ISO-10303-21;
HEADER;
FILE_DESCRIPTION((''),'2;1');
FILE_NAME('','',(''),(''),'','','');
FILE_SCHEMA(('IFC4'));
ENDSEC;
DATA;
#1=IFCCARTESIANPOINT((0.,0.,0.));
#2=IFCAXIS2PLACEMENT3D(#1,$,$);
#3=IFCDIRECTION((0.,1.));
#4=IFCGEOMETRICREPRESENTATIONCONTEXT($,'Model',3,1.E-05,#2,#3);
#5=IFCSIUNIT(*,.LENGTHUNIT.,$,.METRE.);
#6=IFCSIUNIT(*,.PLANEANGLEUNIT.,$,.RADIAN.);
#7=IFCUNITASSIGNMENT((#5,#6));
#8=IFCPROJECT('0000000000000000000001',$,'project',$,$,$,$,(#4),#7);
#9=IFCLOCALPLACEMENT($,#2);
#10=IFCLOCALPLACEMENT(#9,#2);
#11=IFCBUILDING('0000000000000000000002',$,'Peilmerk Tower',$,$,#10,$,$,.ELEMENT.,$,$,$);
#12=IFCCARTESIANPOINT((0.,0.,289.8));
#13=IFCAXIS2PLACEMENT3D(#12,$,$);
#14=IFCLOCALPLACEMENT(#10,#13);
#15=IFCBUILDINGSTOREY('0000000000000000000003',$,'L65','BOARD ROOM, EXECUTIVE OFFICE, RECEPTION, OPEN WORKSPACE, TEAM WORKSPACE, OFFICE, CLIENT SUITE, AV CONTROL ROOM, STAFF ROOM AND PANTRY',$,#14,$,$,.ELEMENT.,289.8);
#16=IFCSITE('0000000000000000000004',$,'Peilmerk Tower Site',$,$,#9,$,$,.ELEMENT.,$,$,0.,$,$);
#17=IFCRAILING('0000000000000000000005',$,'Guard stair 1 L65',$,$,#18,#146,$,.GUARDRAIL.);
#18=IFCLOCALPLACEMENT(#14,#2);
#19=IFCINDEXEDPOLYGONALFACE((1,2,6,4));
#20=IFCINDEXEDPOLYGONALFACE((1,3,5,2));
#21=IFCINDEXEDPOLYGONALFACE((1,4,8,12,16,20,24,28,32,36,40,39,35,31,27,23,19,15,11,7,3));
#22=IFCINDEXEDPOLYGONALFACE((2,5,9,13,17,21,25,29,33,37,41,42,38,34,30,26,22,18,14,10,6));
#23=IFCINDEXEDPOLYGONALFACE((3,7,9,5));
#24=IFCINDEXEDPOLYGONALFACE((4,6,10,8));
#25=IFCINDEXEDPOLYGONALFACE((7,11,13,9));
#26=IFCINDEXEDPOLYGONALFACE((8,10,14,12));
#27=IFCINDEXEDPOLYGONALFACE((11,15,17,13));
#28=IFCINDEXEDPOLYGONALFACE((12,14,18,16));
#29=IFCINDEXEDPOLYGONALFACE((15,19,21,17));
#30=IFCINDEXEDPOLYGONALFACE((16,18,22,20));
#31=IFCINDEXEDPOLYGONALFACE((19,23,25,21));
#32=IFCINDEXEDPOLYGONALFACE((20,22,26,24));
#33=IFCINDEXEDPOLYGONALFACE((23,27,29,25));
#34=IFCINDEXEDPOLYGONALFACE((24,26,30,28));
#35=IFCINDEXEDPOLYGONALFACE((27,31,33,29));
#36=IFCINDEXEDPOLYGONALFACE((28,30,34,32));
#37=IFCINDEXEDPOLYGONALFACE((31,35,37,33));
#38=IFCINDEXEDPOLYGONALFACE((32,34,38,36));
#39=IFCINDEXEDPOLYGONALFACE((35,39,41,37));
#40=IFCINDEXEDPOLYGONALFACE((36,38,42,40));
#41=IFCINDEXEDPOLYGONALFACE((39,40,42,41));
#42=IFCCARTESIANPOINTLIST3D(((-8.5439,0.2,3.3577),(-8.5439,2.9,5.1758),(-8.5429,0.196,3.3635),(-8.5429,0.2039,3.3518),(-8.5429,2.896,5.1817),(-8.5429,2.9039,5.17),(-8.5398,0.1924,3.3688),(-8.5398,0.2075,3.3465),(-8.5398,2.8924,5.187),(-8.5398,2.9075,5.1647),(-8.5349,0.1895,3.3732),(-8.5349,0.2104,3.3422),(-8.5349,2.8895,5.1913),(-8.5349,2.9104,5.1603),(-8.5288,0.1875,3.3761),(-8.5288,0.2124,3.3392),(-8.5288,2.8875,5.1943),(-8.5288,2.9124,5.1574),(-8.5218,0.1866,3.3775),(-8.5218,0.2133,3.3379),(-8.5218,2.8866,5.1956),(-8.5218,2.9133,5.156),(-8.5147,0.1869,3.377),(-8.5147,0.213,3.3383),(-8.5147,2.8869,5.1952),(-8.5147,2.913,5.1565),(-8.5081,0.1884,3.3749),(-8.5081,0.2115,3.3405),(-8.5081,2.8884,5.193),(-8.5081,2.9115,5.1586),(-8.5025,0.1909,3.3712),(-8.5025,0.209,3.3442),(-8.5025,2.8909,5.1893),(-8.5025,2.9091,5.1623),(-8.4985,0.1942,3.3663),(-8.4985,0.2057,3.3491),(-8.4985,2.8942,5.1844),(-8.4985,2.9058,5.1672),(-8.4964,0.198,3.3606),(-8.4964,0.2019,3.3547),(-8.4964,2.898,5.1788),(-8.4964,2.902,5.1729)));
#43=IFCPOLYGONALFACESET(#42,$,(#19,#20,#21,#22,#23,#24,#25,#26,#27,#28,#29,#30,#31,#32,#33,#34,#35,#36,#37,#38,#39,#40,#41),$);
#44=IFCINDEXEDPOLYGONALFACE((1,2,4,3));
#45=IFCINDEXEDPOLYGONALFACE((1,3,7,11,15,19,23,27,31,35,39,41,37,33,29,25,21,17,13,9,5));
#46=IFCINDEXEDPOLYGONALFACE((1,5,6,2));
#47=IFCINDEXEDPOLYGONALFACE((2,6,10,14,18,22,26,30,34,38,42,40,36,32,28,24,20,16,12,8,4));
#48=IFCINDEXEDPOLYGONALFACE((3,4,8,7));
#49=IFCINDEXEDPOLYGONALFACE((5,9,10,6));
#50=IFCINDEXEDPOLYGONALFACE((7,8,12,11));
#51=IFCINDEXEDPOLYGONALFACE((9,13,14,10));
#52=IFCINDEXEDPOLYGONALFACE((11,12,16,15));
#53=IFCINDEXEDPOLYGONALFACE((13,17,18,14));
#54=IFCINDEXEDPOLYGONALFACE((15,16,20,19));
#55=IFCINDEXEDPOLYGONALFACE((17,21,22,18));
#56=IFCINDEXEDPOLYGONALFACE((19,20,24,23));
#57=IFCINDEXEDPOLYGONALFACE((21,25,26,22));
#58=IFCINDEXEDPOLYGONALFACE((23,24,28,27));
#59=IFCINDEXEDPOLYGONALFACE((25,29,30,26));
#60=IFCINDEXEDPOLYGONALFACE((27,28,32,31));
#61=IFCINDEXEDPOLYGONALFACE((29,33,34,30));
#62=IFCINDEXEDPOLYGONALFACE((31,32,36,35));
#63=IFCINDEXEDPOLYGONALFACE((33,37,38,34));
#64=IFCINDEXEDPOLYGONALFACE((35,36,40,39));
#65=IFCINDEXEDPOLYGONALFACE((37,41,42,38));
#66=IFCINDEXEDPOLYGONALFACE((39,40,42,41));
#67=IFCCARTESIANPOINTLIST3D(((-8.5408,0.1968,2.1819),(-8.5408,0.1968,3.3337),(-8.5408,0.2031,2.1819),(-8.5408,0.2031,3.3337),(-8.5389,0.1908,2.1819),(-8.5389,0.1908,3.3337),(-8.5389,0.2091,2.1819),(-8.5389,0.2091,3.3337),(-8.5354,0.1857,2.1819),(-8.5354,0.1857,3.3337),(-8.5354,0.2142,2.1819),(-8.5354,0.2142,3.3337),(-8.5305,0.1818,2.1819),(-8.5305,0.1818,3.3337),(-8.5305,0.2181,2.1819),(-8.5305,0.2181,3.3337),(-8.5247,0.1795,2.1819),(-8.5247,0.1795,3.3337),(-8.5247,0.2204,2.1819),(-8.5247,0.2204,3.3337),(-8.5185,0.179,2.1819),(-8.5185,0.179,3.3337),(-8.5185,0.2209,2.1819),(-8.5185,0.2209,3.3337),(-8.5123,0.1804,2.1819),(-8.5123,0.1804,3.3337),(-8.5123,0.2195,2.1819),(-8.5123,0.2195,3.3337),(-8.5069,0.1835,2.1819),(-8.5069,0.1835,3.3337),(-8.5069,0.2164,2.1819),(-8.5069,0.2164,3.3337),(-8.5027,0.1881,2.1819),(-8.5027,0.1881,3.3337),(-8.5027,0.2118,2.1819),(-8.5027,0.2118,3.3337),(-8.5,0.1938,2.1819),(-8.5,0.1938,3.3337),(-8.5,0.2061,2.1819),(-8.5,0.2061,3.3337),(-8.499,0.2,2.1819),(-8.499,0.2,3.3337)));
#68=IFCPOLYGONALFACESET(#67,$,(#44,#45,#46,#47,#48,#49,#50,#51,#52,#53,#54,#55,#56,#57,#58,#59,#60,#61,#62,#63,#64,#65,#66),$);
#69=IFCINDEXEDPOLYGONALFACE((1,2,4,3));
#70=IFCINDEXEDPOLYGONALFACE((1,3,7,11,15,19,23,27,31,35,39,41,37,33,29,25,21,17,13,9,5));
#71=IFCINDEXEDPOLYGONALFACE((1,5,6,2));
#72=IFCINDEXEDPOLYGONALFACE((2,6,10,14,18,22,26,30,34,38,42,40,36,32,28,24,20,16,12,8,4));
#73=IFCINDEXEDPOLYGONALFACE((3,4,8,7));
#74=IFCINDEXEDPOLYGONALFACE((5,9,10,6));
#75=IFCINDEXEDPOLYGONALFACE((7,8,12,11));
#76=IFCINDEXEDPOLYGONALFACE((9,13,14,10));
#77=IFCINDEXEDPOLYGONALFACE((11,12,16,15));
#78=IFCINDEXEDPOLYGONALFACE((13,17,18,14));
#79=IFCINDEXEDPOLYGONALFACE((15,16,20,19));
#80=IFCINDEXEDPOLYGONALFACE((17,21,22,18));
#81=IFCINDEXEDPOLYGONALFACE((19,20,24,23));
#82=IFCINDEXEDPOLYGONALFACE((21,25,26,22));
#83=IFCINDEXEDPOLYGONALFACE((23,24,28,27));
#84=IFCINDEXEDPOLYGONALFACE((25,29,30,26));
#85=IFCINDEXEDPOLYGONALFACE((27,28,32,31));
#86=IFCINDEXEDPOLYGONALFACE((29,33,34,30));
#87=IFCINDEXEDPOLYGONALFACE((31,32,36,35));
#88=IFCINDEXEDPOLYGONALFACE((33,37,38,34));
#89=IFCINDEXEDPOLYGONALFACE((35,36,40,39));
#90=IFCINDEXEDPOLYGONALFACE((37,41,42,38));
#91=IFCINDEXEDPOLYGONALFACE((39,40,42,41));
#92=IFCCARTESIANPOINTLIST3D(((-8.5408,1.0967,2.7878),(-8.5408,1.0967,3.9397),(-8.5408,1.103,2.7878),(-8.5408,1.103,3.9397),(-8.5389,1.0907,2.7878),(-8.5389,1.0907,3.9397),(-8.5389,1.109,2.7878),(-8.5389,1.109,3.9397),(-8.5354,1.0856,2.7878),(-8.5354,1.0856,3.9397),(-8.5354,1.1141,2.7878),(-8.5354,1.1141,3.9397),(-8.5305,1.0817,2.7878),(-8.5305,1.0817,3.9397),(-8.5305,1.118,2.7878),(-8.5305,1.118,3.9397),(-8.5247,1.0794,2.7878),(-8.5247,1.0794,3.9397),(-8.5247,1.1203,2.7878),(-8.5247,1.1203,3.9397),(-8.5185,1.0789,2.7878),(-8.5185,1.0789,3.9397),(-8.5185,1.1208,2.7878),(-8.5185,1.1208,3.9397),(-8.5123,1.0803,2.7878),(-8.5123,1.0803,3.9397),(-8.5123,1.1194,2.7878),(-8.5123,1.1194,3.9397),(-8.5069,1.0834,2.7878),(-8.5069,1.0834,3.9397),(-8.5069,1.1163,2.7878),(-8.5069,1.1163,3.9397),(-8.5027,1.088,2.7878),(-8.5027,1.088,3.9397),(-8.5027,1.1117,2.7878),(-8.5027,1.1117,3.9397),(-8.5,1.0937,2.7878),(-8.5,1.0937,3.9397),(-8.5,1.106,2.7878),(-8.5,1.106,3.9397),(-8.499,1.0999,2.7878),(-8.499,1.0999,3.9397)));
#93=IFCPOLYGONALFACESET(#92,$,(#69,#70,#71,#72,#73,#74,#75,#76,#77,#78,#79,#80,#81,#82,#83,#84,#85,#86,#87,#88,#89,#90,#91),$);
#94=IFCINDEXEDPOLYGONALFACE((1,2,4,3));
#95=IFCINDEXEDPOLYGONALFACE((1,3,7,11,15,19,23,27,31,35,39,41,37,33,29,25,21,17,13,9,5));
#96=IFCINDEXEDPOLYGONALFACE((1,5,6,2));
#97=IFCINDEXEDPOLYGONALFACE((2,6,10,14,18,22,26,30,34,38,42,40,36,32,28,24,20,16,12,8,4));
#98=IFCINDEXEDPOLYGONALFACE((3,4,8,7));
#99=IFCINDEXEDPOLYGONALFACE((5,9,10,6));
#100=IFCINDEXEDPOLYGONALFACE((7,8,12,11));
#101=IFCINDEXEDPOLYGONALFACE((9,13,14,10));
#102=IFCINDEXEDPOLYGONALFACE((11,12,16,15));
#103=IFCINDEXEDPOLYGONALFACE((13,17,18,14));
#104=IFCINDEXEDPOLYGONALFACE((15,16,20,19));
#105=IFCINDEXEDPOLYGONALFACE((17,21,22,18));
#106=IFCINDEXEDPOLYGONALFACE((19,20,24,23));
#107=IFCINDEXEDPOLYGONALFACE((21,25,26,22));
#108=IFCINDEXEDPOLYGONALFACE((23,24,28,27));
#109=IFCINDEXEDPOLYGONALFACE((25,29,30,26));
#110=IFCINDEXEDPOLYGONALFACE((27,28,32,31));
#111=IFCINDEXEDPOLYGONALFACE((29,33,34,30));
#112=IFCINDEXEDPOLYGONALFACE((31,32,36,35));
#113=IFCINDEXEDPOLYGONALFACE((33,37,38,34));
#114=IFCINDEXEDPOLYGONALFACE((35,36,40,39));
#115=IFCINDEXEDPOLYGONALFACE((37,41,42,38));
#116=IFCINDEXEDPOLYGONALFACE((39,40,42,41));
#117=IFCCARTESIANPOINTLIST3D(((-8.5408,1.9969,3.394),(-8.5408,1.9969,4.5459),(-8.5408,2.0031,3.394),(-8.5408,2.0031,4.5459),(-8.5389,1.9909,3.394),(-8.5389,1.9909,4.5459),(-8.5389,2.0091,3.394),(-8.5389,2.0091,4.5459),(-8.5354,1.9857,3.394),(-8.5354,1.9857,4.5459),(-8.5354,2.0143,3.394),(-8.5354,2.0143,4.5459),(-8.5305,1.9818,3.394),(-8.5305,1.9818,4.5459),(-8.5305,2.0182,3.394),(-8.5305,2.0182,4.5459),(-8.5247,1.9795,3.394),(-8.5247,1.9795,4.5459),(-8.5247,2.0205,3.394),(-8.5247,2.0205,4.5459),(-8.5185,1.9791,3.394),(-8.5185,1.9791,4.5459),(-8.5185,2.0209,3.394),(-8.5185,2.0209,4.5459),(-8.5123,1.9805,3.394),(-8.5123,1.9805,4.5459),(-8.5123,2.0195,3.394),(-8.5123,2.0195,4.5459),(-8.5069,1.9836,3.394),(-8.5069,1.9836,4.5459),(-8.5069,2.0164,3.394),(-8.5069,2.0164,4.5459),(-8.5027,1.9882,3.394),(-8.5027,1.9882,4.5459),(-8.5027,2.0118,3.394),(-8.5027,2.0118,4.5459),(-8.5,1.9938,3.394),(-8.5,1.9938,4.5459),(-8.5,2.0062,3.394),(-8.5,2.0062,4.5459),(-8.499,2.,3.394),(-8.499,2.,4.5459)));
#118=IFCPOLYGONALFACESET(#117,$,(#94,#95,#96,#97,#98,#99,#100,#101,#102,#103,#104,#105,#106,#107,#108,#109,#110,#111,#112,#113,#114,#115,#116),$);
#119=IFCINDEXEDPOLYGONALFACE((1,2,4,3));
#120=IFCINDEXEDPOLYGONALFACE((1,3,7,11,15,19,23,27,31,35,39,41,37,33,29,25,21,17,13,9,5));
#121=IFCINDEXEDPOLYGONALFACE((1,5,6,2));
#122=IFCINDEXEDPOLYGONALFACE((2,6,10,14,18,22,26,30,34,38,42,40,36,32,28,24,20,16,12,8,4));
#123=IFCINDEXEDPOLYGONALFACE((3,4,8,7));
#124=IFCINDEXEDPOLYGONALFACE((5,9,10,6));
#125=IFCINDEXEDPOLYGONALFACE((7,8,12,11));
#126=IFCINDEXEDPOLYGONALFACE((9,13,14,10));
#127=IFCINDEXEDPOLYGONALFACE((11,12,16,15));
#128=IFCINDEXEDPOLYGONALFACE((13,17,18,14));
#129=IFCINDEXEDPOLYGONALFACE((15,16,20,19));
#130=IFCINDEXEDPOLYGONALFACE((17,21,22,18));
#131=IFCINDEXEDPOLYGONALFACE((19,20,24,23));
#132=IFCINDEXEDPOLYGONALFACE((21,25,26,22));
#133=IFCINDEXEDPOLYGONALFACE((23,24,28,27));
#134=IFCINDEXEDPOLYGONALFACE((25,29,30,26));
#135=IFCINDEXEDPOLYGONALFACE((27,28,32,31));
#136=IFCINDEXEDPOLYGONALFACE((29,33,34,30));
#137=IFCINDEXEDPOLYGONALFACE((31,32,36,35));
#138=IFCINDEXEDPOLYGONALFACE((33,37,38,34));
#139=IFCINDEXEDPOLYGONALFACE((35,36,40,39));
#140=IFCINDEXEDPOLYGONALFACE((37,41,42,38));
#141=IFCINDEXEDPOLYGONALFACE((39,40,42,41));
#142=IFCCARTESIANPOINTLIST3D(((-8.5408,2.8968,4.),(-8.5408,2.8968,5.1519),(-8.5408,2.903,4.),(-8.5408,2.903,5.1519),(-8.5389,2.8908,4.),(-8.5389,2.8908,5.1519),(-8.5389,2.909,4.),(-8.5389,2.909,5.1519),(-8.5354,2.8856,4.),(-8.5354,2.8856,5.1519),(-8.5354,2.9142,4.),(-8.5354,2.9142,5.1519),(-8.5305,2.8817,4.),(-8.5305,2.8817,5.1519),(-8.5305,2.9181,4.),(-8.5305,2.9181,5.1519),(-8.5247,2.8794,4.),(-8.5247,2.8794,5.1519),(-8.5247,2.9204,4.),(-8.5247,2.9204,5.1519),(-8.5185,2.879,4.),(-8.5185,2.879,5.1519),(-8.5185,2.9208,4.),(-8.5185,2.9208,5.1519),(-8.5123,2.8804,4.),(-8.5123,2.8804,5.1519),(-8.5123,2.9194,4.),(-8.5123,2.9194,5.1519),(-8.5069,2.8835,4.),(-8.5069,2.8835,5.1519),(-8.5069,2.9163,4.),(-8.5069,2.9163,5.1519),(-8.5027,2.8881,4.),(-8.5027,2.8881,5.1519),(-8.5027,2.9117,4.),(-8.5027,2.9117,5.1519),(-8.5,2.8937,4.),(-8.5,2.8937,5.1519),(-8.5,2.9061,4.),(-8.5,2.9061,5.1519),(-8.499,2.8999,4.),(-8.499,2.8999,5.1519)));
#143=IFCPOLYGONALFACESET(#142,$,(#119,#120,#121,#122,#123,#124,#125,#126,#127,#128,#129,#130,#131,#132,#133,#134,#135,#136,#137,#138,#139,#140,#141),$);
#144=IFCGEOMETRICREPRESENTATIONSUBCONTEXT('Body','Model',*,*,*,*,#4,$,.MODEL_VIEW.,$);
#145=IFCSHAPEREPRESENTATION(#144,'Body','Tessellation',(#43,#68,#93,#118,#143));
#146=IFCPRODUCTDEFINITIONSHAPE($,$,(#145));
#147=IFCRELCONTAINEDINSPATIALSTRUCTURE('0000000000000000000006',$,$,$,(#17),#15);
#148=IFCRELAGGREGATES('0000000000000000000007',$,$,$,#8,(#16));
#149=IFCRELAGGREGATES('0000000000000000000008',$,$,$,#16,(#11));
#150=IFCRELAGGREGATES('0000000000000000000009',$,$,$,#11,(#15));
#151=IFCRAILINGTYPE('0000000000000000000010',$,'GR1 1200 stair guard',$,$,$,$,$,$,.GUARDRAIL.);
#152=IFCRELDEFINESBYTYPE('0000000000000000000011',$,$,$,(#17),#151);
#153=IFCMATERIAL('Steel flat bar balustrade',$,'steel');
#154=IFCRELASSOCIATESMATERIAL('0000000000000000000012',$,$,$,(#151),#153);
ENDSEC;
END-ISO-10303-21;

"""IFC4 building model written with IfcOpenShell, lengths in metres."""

from ifc_helpers import new_model, si_unit, direction, frame, origin, origin_2d, place, context, subcontext, project, spatial, circle, extrude, material, type_object, element, save


model = new_model("IFC4")

# Units and contexts
model_context = context("Model", 3, precision=1e-05, world=origin(), true_north=direction((0.0, 1.0)))
body_context = subcontext(model_context, "Body", "Model", "MODEL_VIEW")
ifc_project = project(units=[si_unit("LENGTHUNIT", "METRE"), si_unit("PLANEANGLEUNIT", "RADIAN")], contexts=[model_context])

# Site, building, storey
site_placement = place(None, origin())
site = spatial("IfcSite", under=ifc_project, at=site_placement, Name="Peilmerk Tower Site", CompositionType="ELEMENT", RefElevation=0.0)
building_placement = place(site_placement, origin())
building = spatial("IfcBuilding", under=site, at=building_placement, Name="Peilmerk Tower", CompositionType="ELEMENT")
storey_placement = place(building_placement, frame((0.0, 0.0, 289.8)))
storey = spatial("IfcBuildingStorey", under=building, at=storey_placement, Name="L65", Description="BOARD ROOM, EXECUTIVE OFFICE, RECEPTION, OPEN WORKSPACE, TEAM WORKSPACE, OFFICE, CLIENT SUITE, AV CONTROL ROOM, STAFF ROOM AND PANTRY", CompositionType="ELEMENT", Elevation=289.8)

# Railing
ifc_material_1 = material(Name="Steel flat bar balustrade", Category="steel")
railing_type_1 = type_object("IfcRailingType", Name="GR1 1200 stair guard", PredefinedType="GUARDRAIL", material=ifc_material_1)
railing_1_placement = place(storey_placement, frame((-8.52, 0.2, 2.1819)))
element("IfcRailing", 1, at=railing_1_placement, inside=storey, type_object=railing_type_1, Name="Guard stair 1 L65", PredefinedType="GUARDRAIL", context=body_context, shape_type="SweptSolid", body=[
    extrude(circle(Radius=0.0239, at=origin_2d()), frame((0.0, 0.0, 1.1758), z_axis=(0.0, 0.829468, 0.558554), x_axis=(-1.0, 0.0, 0.0)), (0.0, 0.0, 1.0), 3.2551),
    extrude(circle(Radius=0.021, at=origin_2d()), origin(), (0.0, 0.0, 1.0), 1.1519),
    extrude(circle(Radius=0.021, at=origin_2d()), frame((0.0, 0.8999, 0.606)), (0.0, 0.0, 1.0), 1.1519),
    extrude(circle(Radius=0.021, at=origin_2d()), frame((0.0, 1.8, 1.2122)), (0.0, 0.0, 1.0), 1.1519),
    extrude(circle(Radius=0.021, at=origin_2d()), frame((0.0, 2.7, 1.8181)), (0.0, 0.0, 1.0), 1.1519),
])

save(model, "model.ifc")
